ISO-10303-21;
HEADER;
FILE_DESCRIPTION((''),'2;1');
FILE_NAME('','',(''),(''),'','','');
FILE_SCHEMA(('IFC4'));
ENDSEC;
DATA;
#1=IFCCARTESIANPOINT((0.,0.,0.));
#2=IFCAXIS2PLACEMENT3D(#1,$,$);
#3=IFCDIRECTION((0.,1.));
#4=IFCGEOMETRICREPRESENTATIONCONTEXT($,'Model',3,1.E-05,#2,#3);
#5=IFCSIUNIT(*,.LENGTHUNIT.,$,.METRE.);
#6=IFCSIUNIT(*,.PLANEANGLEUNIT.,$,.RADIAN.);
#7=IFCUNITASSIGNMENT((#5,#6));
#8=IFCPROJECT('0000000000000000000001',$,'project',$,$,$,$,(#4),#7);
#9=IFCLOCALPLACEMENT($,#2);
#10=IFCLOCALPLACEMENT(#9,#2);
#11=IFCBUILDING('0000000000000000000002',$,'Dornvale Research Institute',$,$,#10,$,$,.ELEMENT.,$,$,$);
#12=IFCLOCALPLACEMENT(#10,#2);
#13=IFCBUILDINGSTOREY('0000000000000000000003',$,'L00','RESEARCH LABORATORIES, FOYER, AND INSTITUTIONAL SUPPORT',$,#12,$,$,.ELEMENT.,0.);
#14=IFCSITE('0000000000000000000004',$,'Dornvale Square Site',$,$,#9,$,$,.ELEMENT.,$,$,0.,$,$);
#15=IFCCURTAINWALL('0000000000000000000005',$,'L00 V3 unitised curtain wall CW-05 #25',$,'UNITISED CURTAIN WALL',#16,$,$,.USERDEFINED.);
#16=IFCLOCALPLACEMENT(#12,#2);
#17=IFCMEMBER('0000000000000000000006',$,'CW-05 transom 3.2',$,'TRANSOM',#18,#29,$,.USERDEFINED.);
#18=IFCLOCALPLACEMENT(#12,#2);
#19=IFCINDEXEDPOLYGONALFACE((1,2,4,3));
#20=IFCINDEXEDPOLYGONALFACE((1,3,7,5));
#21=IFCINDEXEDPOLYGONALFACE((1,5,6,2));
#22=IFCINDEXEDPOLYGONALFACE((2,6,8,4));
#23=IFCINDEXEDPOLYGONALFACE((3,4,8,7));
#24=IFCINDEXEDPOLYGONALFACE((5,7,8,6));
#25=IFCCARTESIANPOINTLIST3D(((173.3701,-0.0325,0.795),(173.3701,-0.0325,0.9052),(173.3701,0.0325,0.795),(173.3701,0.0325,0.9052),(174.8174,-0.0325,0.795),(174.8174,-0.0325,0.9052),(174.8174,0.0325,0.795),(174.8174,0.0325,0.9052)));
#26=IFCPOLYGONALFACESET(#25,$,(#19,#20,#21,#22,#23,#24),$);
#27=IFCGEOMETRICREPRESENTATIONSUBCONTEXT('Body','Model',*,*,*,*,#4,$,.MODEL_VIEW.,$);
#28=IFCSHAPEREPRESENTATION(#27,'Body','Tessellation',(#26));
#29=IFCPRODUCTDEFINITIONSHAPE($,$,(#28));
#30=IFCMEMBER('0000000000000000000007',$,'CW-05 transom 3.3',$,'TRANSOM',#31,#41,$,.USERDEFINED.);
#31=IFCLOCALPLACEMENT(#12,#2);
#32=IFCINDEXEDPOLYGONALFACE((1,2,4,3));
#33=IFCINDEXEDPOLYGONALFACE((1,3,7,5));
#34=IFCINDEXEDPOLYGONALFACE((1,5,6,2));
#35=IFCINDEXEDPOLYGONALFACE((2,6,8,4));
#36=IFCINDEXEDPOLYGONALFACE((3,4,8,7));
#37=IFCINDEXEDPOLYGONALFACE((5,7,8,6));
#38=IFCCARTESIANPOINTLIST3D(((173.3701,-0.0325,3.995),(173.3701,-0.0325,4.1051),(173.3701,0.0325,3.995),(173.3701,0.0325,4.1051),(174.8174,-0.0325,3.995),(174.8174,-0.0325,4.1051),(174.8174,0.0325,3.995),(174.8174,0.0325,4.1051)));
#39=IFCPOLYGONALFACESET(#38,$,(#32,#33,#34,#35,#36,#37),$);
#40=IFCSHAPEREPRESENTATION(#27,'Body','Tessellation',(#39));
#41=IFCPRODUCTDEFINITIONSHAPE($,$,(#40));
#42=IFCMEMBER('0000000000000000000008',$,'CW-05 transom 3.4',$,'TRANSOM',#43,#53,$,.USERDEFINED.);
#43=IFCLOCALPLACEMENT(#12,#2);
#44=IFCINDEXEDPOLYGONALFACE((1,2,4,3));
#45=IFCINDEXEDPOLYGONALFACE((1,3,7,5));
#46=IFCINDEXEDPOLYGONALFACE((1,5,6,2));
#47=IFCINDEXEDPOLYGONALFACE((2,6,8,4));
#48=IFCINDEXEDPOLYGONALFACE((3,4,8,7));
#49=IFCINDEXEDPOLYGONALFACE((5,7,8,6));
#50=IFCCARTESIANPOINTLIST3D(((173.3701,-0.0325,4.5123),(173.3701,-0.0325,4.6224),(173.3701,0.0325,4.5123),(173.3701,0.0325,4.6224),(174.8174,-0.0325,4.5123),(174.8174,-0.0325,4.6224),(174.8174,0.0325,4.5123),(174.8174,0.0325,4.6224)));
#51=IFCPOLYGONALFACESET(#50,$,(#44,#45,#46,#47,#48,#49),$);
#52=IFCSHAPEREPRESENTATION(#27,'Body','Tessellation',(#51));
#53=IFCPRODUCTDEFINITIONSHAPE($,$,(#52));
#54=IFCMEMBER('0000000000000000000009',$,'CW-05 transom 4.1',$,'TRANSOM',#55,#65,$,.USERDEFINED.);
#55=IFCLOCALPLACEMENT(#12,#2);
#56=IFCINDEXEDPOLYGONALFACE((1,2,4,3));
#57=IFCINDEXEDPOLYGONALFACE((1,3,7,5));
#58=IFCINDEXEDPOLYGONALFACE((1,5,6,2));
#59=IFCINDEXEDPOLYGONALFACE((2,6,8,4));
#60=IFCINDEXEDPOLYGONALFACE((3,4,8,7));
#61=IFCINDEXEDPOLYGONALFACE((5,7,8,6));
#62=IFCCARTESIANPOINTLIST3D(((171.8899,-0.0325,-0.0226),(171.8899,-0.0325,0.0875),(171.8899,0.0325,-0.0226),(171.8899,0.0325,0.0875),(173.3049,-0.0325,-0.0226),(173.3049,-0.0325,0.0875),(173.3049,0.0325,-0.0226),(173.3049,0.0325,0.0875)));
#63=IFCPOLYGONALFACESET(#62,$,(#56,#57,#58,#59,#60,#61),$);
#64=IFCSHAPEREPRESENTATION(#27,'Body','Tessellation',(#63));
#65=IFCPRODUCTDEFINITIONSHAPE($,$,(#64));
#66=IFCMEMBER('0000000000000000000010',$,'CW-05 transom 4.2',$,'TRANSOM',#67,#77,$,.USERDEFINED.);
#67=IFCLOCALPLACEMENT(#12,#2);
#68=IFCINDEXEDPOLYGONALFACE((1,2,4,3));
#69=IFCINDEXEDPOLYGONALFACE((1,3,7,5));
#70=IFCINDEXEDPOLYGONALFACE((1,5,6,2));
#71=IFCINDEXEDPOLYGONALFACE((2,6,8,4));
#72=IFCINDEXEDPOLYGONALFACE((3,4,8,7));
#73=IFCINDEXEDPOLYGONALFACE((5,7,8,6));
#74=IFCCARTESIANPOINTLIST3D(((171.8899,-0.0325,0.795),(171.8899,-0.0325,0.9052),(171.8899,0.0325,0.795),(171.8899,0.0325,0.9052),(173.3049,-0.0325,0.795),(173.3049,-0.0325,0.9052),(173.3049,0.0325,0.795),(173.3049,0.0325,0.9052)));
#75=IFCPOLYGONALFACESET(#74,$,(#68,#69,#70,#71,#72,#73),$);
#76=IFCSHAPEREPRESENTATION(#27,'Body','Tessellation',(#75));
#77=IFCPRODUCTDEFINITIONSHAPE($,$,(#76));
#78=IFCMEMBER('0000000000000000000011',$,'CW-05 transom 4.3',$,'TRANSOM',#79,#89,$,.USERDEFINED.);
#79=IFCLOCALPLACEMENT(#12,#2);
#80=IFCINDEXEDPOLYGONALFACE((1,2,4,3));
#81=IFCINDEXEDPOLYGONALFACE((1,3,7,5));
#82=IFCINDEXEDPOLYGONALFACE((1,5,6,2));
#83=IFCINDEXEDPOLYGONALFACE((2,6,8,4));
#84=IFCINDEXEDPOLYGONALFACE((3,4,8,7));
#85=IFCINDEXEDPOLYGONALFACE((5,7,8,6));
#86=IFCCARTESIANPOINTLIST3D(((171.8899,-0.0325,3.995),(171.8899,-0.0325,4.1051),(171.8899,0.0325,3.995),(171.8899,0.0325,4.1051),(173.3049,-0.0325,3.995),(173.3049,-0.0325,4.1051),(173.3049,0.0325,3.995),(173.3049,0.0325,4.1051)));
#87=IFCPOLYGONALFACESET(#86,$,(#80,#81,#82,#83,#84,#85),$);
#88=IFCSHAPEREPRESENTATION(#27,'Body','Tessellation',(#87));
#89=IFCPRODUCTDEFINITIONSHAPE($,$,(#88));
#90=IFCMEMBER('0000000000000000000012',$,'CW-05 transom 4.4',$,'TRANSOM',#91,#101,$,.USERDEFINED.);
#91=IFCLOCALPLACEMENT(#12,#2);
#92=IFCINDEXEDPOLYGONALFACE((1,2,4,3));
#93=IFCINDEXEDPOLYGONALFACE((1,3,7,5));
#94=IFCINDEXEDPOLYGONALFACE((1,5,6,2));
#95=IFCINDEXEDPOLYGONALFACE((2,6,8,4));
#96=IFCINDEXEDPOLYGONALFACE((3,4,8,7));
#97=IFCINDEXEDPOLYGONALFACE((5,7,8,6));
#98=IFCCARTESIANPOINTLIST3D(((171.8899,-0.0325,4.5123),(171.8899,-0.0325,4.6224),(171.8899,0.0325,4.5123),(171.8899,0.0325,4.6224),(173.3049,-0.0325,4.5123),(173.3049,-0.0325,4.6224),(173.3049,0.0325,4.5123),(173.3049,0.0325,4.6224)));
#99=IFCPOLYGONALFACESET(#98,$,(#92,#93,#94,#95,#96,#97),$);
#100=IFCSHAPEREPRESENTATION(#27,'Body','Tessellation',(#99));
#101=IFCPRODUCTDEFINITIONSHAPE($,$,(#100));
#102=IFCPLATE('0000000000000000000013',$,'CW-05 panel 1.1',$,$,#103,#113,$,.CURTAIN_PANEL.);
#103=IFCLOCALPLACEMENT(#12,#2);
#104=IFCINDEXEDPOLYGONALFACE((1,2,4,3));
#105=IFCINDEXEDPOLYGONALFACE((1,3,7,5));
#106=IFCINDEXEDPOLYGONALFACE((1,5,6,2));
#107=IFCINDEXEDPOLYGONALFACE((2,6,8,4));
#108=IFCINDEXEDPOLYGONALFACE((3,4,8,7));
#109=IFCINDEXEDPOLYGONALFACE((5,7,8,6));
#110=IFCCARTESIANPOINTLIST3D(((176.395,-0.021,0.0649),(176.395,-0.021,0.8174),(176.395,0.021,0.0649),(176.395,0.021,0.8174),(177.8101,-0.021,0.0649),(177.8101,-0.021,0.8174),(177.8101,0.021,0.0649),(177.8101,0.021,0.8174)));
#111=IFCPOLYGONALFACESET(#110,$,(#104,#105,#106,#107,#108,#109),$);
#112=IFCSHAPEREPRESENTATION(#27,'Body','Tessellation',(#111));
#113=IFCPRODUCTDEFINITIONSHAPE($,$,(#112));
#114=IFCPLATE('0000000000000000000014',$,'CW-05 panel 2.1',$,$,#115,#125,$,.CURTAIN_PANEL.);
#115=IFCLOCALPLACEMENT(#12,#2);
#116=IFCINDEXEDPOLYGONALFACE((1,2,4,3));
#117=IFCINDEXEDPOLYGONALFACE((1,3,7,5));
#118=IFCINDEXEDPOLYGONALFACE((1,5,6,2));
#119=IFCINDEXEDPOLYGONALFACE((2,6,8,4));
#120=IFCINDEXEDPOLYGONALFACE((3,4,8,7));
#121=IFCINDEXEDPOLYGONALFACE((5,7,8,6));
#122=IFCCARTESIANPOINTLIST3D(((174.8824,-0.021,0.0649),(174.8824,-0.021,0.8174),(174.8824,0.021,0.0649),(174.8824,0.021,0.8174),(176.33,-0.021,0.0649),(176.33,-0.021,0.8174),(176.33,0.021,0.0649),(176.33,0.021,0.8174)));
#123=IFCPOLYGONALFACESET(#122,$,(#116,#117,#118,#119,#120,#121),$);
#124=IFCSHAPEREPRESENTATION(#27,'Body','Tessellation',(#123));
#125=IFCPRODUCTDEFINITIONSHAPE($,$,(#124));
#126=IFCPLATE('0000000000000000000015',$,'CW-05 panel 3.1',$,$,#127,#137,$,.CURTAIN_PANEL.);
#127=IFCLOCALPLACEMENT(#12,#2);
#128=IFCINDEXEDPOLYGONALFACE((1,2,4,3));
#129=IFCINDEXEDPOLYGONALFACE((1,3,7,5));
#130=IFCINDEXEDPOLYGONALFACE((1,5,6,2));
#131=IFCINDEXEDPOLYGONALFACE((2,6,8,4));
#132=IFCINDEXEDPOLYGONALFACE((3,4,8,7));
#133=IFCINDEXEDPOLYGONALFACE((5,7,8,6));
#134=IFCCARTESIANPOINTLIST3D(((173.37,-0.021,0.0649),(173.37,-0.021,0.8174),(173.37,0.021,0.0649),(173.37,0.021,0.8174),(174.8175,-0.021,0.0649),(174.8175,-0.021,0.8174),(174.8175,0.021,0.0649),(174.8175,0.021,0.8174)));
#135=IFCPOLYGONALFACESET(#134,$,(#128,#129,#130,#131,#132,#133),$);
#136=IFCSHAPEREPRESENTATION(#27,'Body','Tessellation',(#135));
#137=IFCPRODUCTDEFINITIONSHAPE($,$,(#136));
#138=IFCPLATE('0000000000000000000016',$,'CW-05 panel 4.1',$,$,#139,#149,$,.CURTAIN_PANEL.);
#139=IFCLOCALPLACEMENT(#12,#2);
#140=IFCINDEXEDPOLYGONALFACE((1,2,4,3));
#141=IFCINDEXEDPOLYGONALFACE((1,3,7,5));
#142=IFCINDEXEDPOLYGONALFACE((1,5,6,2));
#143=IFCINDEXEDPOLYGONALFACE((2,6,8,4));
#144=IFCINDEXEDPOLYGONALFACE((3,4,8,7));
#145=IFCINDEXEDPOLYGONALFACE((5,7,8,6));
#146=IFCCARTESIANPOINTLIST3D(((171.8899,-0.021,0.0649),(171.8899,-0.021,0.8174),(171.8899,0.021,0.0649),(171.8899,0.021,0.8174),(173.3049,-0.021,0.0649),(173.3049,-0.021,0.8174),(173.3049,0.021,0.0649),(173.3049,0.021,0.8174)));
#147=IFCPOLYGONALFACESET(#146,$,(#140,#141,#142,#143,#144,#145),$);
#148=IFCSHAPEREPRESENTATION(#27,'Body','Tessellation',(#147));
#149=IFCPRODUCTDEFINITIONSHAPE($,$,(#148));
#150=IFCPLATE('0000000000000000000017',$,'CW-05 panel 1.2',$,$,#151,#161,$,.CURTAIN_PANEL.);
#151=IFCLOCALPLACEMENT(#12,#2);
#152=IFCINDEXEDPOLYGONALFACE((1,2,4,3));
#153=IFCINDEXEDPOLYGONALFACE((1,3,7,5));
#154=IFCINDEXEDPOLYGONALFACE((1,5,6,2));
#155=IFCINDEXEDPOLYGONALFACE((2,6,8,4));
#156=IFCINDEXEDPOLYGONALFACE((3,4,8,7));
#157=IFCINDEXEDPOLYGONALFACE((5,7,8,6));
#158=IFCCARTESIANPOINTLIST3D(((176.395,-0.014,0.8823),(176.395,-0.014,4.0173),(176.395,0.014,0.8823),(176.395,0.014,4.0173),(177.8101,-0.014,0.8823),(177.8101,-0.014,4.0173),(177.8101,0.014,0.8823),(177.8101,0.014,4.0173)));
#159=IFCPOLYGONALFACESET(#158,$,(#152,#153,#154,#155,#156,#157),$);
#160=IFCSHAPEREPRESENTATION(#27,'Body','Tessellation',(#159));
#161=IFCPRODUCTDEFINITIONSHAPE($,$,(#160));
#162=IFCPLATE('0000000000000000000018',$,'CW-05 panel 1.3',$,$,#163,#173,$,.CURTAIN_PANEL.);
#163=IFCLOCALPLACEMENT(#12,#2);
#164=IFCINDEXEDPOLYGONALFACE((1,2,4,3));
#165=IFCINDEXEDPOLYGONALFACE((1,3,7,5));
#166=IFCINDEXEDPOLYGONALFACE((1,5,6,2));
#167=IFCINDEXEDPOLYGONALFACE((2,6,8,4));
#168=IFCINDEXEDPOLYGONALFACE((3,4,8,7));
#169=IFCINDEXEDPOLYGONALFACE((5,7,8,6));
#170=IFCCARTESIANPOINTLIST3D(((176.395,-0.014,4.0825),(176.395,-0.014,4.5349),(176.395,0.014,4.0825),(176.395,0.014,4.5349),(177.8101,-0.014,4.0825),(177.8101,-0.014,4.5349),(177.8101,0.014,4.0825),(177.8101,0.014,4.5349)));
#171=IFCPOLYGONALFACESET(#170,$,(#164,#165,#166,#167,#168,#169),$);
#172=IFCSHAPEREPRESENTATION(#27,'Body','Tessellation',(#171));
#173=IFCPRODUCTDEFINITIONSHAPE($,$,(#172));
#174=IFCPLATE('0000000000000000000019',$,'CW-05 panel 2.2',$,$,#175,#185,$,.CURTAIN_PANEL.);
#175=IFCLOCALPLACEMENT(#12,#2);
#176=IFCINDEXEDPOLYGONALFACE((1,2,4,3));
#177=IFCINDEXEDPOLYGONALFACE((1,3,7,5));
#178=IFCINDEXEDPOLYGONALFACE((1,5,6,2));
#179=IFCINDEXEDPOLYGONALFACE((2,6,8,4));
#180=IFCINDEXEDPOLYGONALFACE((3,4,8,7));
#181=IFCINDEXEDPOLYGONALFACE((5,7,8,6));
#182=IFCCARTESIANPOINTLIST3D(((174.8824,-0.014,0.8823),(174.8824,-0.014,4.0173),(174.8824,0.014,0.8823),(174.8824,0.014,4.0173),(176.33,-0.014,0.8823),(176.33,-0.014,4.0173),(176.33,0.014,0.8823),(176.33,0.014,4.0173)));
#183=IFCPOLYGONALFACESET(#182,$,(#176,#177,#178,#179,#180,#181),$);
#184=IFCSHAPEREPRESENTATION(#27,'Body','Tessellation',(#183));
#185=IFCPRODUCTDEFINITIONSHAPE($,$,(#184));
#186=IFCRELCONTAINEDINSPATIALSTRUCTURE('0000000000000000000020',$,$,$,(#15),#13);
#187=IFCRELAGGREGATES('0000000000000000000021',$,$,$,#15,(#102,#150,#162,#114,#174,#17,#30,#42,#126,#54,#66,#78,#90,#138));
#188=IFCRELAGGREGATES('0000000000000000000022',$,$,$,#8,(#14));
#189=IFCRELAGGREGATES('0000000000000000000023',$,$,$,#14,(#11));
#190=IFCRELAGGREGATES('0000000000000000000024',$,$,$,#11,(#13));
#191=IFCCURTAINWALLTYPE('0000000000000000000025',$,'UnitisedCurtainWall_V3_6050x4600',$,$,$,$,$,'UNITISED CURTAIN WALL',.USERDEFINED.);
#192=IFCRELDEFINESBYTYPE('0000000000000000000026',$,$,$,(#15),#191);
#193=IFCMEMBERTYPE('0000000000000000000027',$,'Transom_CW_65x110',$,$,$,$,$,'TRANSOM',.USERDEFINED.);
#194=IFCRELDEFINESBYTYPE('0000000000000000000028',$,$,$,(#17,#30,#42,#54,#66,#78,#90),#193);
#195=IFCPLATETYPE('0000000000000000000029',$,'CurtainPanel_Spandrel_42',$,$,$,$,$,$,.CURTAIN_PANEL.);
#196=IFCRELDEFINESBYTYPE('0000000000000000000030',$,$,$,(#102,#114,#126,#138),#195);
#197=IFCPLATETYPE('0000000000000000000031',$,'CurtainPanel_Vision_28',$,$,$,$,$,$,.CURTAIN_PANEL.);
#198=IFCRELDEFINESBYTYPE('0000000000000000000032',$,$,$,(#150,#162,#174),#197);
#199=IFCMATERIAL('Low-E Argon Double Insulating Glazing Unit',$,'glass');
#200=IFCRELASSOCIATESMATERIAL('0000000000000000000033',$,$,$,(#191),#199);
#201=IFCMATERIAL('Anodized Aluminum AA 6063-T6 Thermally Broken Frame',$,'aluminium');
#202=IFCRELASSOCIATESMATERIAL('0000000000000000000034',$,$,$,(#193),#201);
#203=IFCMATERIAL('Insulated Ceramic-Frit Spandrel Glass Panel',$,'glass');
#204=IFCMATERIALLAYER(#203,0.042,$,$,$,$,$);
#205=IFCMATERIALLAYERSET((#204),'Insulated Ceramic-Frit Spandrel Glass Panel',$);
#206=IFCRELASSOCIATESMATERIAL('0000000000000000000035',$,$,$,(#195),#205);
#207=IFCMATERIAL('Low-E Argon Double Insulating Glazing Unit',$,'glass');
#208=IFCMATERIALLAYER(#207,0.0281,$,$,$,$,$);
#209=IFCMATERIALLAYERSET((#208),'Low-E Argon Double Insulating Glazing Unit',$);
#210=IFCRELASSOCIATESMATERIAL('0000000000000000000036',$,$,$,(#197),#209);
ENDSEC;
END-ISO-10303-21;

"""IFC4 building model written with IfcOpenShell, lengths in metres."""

from ifc_helpers import new_model, si_unit, direction, frame, origin, origin_2d, place, context, subcontext, project, spatial, rectangle, extrude, material, layer, layer_set, material_profile, profile_set, type_object, element, aggregate, save


model = new_model("IFC4")

# Units and contexts
model_context = context("Model", 3, precision=1e-05, world=origin(), true_north=direction((0.0, 1.0)))
body_context = subcontext(model_context, "Body", "Model", "MODEL_VIEW")
ifc_project = project(units=[si_unit("LENGTHUNIT", "METRE"), si_unit("PLANEANGLEUNIT", "RADIAN")], contexts=[model_context])

# Site, building, storey
site_placement = place(None, origin())
site = spatial("IfcSite", under=ifc_project, at=site_placement, Name="Dornvale Square Site", CompositionType="ELEMENT", RefElevation=0.0)
building_placement = place(site_placement, origin())
building = spatial("IfcBuilding", under=site, at=building_placement, Name="Dornvale Research Institute", CompositionType="ELEMENT")
storey_placement = place(building_placement, origin())
storey = spatial("IfcBuildingStorey", under=building, at=storey_placement, Name="L00", Description="RESEARCH LABORATORIES, FOYER, AND INSTITUTIONAL SUPPORT", CompositionType="ELEMENT", Elevation=0.0)

# Curtain wall, members, plates
ifc_material_1 = material(Name="Low-E Argon Double Insulating Glazing Unit", Category="glass")
curtain_wall_type = type_object("IfcCurtainWallType", Name="UnitisedCurtainWall_V3_6050x4600", ElementType="UNITISED CURTAIN WALL", PredefinedType="USERDEFINED", material=ifc_material_1)
curtain_wall_placement = place(storey_placement, origin())
curtain_wall = element("IfcCurtainWall", 1, at=curtain_wall_placement, inside=storey, type_object=curtain_wall_type, Name="L00 V3 unitised curtain wall CW-05 #25", ObjectType="UNITISED CURTAIN WALL", PredefinedType="USERDEFINED")
ifc_material_2 = material(Name="Anodized Aluminum AA 6063-T6 Thermally Broken Frame", Category="aluminium")
ifc_material_profile_1 = material_profile(ifc_material_2, rectangle(XDim=0.0649, YDim=0.1101, at=origin_2d()), Name="ALU TRANSOM 65x110")
ifc_profile_set_1 = profile_set([ifc_material_profile_1], Name="Anodized Aluminum AA 6063-T6 Thermally Broken Frame")
member_type_1 = type_object("IfcMemberType", Name="Transom_CW_65x110", ElementType="TRANSOM", PredefinedType="USERDEFINED", material=ifc_profile_set_1)
member_1_placement = place(storey_placement, frame((174.8174, 0.0, 0.8501), z_axis=(-1.0, 0.0, 0.0), x_axis=(0.0, -1.0, 0.0)))
member_1 = element("IfcMember", 2, at=member_1_placement, type_object=member_type_1, Name="CW-05 transom 3.2", ObjectType="TRANSOM", PredefinedType="USERDEFINED", context=body_context, shape_type="SweptSolid", body=[
    extrude(rectangle(XDim=0.0649, YDim=0.1101, at=origin_2d()), origin(), (0.0, 0.0, 1.0), 1.4473),
])
member_2_placement = place(storey_placement, frame((174.8174, 0.0, 4.05), z_axis=(-1.0, 0.0, 0.0), x_axis=(0.0, -1.0, 0.0)))
member_2 = element("IfcMember", 3, at=member_2_placement, type_object=member_type_1, Name="CW-05 transom 3.3", ObjectType="TRANSOM", PredefinedType="USERDEFINED", context=body_context, shape_type="SweptSolid", body=[
    extrude(rectangle(XDim=0.0649, YDim=0.1101, at=origin_2d()), origin(), (0.0, 0.0, 1.0), 1.4473),
])
member_3_placement = place(storey_placement, frame((174.8174, 0.0, 4.5674), z_axis=(-1.0, 0.0, 0.0), x_axis=(0.0, -1.0, 0.0)))
member_3 = element("IfcMember", 4, at=member_3_placement, type_object=member_type_1, Name="CW-05 transom 3.4", ObjectType="TRANSOM", PredefinedType="USERDEFINED", context=body_context, shape_type="SweptSolid", body=[
    extrude(rectangle(XDim=0.0649, YDim=0.1101, at=origin_2d()), origin(), (0.0, 0.0, 1.0), 1.4473),
])
member_4_placement = place(storey_placement, frame((173.3049, 0.0, 0.0325), z_axis=(-1.0, 0.0, 0.0), x_axis=(0.0, -1.0, 0.0)))
member_4 = element("IfcMember", 5, at=member_4_placement, type_object=member_type_1, Name="CW-05 transom 4.1", ObjectType="TRANSOM", PredefinedType="USERDEFINED", context=body_context, shape_type="SweptSolid", body=[
    extrude(rectangle(XDim=0.0649, YDim=0.1101, at=origin_2d()), origin(), (0.0, 0.0, 1.0), 1.415),
])
member_5_placement = place(storey_placement, frame((173.3049, 0.0, 0.8501), z_axis=(-1.0, 0.0, 0.0), x_axis=(0.0, -1.0, 0.0)))
member_5 = element("IfcMember", 6, at=member_5_placement, type_object=member_type_1, Name="CW-05 transom 4.2", ObjectType="TRANSOM", PredefinedType="USERDEFINED", context=body_context, shape_type="SweptSolid", body=[
    extrude(rectangle(XDim=0.0649, YDim=0.1101, at=origin_2d()), origin(), (0.0, 0.0, 1.0), 1.415),
])
member_6_placement = place(storey_placement, frame((173.3049, 0.0, 4.05), z_axis=(-1.0, 0.0, 0.0), x_axis=(0.0, -1.0, 0.0)))
member_6 = element("IfcMember", 7, at=member_6_placement, type_object=member_type_1, Name="CW-05 transom 4.3", ObjectType="TRANSOM", PredefinedType="USERDEFINED", context=body_context, shape_type="SweptSolid", body=[
    extrude(rectangle(XDim=0.0649, YDim=0.1101, at=origin_2d()), origin(), (0.0, 0.0, 1.0), 1.415),
])
member_7_placement = place(storey_placement, frame((173.3049, 0.0, 4.5674), z_axis=(-1.0, 0.0, 0.0), x_axis=(0.0, -1.0, 0.0)))
member_7 = element("IfcMember", 8, at=member_7_placement, type_object=member_type_1, Name="CW-05 transom 4.4", ObjectType="TRANSOM", PredefinedType="USERDEFINED", context=body_context, shape_type="SweptSolid", body=[
    extrude(rectangle(XDim=0.0649, YDim=0.1101, at=origin_2d()), origin(), (0.0, 0.0, 1.0), 1.415),
])
ifc_material_3 = material(Name="Insulated Ceramic-Frit Spandrel Glass Panel", Category="glass")
ifc_layer_1 = layer(ifc_material_3, 0.042)
ifc_layer_set_1 = layer_set([ifc_layer_1], Name="Insulated Ceramic-Frit Spandrel Glass Panel")
plate_type_1 = type_object("IfcPlateType", Name="CurtainPanel_Spandrel_42", PredefinedType="CURTAIN_PANEL", material=ifc_layer_set_1)
plate_1_placement = place(storey_placement, frame((177.1025, 0.0, 0.0649), z_axis=(0.0, 0.0, 1.0), x_axis=(-1.0, 0.0, 0.0)))
plate_1 = element("IfcPlate", 9, at=plate_1_placement, type_object=plate_type_1, Name="CW-05 panel 1.1", PredefinedType="CURTAIN_PANEL", context=body_context, shape_type="SweptSolid", body=[
    extrude(rectangle(XDim=1.415, YDim=0.042, at=origin_2d()), origin(), (0.0, 0.0, 1.0), 0.7524),
])
plate_2_placement = place(storey_placement, frame((175.6062, 0.0, 0.0649), z_axis=(0.0, 0.0, 1.0), x_axis=(-1.0, 0.0, 0.0)))
plate_2 = element("IfcPlate", 10, at=plate_2_placement, type_object=plate_type_1, Name="CW-05 panel 2.1", PredefinedType="CURTAIN_PANEL", context=body_context, shape_type="SweptSolid", body=[
    extrude(rectangle(XDim=1.4475, YDim=0.042, at=origin_2d()), origin(), (0.0, 0.0, 1.0), 0.7524),
])
plate_3_placement = place(storey_placement, frame((174.0938, 0.0, 0.0649), z_axis=(0.0, 0.0, 1.0), x_axis=(-1.0, 0.0, 0.0)))
plate_3 = element("IfcPlate", 11, at=plate_3_placement, type_object=plate_type_1, Name="CW-05 panel 3.1", PredefinedType="CURTAIN_PANEL", context=body_context, shape_type="SweptSolid", body=[
    extrude(rectangle(XDim=1.4475, YDim=0.042, at=origin_2d()), origin(), (0.0, 0.0, 1.0), 0.7524),
])
plate_4_placement = place(storey_placement, frame((172.5974, 0.0, 0.0649), z_axis=(0.0, 0.0, 1.0), x_axis=(-1.0, 0.0, 0.0)))
plate_4 = element("IfcPlate", 12, at=plate_4_placement, type_object=plate_type_1, Name="CW-05 panel 4.1", PredefinedType="CURTAIN_PANEL", context=body_context, shape_type="SweptSolid", body=[
    extrude(rectangle(XDim=1.415, YDim=0.042, at=origin_2d()), origin(), (0.0, 0.0, 1.0), 0.7524),
])
ifc_material_4 = material(Name="Low-E Argon Double Insulating Glazing Unit", Category="glass")
ifc_layer_2 = layer(ifc_material_4, 0.0281)
ifc_layer_set_2 = layer_set([ifc_layer_2], Name="Low-E Argon Double Insulating Glazing Unit")
plate_type_2 = type_object("IfcPlateType", Name="CurtainPanel_Vision_28", PredefinedType="CURTAIN_PANEL", material=ifc_layer_set_2)
plate_5_placement = place(storey_placement, frame((177.1025, 0.0, 0.8823), z_axis=(0.0, 0.0, 1.0), x_axis=(-1.0, 0.0, 0.0)))
plate_5 = element("IfcPlate", 13, at=plate_5_placement, type_object=plate_type_2, Name="CW-05 panel 1.2", PredefinedType="CURTAIN_PANEL", context=body_context, shape_type="SweptSolid", body=[
    extrude(rectangle(XDim=1.415, YDim=0.0281, at=origin_2d()), origin(), (0.0, 0.0, 1.0), 3.135),
])
plate_6_placement = place(storey_placement, frame((177.1025, 0.0, 4.0825), z_axis=(0.0, 0.0, 1.0), x_axis=(-1.0, 0.0, 0.0)))
plate_6 = element("IfcPlate", 14, at=plate_6_placement, type_object=plate_type_2, Name="CW-05 panel 1.3", PredefinedType="CURTAIN_PANEL", context=body_context, shape_type="SweptSolid", body=[
    extrude(rectangle(XDim=1.415, YDim=0.0281, at=origin_2d()), origin(), (0.0, 0.0, 1.0), 0.4524),
])
plate_7_placement = place(storey_placement, frame((175.6062, 0.0, 0.8823), z_axis=(0.0, 0.0, 1.0), x_axis=(-1.0, 0.0, 0.0)))
plate_7 = element("IfcPlate", 15, at=plate_7_placement, type_object=plate_type_2, Name="CW-05 panel 2.2", PredefinedType="CURTAIN_PANEL", context=body_context, shape_type="SweptSolid", body=[
    extrude(rectangle(XDim=1.4475, YDim=0.0281, at=origin_2d()), origin(), (0.0, 0.0, 1.0), 3.135),
])
aggregate(curtain_wall, [plate_1, plate_5, plate_6, plate_2, plate_7, member_1, member_2, member_3, plate_3, member_4, member_5, member_6, member_7, plate_4])

save(model, "model.ifc")
